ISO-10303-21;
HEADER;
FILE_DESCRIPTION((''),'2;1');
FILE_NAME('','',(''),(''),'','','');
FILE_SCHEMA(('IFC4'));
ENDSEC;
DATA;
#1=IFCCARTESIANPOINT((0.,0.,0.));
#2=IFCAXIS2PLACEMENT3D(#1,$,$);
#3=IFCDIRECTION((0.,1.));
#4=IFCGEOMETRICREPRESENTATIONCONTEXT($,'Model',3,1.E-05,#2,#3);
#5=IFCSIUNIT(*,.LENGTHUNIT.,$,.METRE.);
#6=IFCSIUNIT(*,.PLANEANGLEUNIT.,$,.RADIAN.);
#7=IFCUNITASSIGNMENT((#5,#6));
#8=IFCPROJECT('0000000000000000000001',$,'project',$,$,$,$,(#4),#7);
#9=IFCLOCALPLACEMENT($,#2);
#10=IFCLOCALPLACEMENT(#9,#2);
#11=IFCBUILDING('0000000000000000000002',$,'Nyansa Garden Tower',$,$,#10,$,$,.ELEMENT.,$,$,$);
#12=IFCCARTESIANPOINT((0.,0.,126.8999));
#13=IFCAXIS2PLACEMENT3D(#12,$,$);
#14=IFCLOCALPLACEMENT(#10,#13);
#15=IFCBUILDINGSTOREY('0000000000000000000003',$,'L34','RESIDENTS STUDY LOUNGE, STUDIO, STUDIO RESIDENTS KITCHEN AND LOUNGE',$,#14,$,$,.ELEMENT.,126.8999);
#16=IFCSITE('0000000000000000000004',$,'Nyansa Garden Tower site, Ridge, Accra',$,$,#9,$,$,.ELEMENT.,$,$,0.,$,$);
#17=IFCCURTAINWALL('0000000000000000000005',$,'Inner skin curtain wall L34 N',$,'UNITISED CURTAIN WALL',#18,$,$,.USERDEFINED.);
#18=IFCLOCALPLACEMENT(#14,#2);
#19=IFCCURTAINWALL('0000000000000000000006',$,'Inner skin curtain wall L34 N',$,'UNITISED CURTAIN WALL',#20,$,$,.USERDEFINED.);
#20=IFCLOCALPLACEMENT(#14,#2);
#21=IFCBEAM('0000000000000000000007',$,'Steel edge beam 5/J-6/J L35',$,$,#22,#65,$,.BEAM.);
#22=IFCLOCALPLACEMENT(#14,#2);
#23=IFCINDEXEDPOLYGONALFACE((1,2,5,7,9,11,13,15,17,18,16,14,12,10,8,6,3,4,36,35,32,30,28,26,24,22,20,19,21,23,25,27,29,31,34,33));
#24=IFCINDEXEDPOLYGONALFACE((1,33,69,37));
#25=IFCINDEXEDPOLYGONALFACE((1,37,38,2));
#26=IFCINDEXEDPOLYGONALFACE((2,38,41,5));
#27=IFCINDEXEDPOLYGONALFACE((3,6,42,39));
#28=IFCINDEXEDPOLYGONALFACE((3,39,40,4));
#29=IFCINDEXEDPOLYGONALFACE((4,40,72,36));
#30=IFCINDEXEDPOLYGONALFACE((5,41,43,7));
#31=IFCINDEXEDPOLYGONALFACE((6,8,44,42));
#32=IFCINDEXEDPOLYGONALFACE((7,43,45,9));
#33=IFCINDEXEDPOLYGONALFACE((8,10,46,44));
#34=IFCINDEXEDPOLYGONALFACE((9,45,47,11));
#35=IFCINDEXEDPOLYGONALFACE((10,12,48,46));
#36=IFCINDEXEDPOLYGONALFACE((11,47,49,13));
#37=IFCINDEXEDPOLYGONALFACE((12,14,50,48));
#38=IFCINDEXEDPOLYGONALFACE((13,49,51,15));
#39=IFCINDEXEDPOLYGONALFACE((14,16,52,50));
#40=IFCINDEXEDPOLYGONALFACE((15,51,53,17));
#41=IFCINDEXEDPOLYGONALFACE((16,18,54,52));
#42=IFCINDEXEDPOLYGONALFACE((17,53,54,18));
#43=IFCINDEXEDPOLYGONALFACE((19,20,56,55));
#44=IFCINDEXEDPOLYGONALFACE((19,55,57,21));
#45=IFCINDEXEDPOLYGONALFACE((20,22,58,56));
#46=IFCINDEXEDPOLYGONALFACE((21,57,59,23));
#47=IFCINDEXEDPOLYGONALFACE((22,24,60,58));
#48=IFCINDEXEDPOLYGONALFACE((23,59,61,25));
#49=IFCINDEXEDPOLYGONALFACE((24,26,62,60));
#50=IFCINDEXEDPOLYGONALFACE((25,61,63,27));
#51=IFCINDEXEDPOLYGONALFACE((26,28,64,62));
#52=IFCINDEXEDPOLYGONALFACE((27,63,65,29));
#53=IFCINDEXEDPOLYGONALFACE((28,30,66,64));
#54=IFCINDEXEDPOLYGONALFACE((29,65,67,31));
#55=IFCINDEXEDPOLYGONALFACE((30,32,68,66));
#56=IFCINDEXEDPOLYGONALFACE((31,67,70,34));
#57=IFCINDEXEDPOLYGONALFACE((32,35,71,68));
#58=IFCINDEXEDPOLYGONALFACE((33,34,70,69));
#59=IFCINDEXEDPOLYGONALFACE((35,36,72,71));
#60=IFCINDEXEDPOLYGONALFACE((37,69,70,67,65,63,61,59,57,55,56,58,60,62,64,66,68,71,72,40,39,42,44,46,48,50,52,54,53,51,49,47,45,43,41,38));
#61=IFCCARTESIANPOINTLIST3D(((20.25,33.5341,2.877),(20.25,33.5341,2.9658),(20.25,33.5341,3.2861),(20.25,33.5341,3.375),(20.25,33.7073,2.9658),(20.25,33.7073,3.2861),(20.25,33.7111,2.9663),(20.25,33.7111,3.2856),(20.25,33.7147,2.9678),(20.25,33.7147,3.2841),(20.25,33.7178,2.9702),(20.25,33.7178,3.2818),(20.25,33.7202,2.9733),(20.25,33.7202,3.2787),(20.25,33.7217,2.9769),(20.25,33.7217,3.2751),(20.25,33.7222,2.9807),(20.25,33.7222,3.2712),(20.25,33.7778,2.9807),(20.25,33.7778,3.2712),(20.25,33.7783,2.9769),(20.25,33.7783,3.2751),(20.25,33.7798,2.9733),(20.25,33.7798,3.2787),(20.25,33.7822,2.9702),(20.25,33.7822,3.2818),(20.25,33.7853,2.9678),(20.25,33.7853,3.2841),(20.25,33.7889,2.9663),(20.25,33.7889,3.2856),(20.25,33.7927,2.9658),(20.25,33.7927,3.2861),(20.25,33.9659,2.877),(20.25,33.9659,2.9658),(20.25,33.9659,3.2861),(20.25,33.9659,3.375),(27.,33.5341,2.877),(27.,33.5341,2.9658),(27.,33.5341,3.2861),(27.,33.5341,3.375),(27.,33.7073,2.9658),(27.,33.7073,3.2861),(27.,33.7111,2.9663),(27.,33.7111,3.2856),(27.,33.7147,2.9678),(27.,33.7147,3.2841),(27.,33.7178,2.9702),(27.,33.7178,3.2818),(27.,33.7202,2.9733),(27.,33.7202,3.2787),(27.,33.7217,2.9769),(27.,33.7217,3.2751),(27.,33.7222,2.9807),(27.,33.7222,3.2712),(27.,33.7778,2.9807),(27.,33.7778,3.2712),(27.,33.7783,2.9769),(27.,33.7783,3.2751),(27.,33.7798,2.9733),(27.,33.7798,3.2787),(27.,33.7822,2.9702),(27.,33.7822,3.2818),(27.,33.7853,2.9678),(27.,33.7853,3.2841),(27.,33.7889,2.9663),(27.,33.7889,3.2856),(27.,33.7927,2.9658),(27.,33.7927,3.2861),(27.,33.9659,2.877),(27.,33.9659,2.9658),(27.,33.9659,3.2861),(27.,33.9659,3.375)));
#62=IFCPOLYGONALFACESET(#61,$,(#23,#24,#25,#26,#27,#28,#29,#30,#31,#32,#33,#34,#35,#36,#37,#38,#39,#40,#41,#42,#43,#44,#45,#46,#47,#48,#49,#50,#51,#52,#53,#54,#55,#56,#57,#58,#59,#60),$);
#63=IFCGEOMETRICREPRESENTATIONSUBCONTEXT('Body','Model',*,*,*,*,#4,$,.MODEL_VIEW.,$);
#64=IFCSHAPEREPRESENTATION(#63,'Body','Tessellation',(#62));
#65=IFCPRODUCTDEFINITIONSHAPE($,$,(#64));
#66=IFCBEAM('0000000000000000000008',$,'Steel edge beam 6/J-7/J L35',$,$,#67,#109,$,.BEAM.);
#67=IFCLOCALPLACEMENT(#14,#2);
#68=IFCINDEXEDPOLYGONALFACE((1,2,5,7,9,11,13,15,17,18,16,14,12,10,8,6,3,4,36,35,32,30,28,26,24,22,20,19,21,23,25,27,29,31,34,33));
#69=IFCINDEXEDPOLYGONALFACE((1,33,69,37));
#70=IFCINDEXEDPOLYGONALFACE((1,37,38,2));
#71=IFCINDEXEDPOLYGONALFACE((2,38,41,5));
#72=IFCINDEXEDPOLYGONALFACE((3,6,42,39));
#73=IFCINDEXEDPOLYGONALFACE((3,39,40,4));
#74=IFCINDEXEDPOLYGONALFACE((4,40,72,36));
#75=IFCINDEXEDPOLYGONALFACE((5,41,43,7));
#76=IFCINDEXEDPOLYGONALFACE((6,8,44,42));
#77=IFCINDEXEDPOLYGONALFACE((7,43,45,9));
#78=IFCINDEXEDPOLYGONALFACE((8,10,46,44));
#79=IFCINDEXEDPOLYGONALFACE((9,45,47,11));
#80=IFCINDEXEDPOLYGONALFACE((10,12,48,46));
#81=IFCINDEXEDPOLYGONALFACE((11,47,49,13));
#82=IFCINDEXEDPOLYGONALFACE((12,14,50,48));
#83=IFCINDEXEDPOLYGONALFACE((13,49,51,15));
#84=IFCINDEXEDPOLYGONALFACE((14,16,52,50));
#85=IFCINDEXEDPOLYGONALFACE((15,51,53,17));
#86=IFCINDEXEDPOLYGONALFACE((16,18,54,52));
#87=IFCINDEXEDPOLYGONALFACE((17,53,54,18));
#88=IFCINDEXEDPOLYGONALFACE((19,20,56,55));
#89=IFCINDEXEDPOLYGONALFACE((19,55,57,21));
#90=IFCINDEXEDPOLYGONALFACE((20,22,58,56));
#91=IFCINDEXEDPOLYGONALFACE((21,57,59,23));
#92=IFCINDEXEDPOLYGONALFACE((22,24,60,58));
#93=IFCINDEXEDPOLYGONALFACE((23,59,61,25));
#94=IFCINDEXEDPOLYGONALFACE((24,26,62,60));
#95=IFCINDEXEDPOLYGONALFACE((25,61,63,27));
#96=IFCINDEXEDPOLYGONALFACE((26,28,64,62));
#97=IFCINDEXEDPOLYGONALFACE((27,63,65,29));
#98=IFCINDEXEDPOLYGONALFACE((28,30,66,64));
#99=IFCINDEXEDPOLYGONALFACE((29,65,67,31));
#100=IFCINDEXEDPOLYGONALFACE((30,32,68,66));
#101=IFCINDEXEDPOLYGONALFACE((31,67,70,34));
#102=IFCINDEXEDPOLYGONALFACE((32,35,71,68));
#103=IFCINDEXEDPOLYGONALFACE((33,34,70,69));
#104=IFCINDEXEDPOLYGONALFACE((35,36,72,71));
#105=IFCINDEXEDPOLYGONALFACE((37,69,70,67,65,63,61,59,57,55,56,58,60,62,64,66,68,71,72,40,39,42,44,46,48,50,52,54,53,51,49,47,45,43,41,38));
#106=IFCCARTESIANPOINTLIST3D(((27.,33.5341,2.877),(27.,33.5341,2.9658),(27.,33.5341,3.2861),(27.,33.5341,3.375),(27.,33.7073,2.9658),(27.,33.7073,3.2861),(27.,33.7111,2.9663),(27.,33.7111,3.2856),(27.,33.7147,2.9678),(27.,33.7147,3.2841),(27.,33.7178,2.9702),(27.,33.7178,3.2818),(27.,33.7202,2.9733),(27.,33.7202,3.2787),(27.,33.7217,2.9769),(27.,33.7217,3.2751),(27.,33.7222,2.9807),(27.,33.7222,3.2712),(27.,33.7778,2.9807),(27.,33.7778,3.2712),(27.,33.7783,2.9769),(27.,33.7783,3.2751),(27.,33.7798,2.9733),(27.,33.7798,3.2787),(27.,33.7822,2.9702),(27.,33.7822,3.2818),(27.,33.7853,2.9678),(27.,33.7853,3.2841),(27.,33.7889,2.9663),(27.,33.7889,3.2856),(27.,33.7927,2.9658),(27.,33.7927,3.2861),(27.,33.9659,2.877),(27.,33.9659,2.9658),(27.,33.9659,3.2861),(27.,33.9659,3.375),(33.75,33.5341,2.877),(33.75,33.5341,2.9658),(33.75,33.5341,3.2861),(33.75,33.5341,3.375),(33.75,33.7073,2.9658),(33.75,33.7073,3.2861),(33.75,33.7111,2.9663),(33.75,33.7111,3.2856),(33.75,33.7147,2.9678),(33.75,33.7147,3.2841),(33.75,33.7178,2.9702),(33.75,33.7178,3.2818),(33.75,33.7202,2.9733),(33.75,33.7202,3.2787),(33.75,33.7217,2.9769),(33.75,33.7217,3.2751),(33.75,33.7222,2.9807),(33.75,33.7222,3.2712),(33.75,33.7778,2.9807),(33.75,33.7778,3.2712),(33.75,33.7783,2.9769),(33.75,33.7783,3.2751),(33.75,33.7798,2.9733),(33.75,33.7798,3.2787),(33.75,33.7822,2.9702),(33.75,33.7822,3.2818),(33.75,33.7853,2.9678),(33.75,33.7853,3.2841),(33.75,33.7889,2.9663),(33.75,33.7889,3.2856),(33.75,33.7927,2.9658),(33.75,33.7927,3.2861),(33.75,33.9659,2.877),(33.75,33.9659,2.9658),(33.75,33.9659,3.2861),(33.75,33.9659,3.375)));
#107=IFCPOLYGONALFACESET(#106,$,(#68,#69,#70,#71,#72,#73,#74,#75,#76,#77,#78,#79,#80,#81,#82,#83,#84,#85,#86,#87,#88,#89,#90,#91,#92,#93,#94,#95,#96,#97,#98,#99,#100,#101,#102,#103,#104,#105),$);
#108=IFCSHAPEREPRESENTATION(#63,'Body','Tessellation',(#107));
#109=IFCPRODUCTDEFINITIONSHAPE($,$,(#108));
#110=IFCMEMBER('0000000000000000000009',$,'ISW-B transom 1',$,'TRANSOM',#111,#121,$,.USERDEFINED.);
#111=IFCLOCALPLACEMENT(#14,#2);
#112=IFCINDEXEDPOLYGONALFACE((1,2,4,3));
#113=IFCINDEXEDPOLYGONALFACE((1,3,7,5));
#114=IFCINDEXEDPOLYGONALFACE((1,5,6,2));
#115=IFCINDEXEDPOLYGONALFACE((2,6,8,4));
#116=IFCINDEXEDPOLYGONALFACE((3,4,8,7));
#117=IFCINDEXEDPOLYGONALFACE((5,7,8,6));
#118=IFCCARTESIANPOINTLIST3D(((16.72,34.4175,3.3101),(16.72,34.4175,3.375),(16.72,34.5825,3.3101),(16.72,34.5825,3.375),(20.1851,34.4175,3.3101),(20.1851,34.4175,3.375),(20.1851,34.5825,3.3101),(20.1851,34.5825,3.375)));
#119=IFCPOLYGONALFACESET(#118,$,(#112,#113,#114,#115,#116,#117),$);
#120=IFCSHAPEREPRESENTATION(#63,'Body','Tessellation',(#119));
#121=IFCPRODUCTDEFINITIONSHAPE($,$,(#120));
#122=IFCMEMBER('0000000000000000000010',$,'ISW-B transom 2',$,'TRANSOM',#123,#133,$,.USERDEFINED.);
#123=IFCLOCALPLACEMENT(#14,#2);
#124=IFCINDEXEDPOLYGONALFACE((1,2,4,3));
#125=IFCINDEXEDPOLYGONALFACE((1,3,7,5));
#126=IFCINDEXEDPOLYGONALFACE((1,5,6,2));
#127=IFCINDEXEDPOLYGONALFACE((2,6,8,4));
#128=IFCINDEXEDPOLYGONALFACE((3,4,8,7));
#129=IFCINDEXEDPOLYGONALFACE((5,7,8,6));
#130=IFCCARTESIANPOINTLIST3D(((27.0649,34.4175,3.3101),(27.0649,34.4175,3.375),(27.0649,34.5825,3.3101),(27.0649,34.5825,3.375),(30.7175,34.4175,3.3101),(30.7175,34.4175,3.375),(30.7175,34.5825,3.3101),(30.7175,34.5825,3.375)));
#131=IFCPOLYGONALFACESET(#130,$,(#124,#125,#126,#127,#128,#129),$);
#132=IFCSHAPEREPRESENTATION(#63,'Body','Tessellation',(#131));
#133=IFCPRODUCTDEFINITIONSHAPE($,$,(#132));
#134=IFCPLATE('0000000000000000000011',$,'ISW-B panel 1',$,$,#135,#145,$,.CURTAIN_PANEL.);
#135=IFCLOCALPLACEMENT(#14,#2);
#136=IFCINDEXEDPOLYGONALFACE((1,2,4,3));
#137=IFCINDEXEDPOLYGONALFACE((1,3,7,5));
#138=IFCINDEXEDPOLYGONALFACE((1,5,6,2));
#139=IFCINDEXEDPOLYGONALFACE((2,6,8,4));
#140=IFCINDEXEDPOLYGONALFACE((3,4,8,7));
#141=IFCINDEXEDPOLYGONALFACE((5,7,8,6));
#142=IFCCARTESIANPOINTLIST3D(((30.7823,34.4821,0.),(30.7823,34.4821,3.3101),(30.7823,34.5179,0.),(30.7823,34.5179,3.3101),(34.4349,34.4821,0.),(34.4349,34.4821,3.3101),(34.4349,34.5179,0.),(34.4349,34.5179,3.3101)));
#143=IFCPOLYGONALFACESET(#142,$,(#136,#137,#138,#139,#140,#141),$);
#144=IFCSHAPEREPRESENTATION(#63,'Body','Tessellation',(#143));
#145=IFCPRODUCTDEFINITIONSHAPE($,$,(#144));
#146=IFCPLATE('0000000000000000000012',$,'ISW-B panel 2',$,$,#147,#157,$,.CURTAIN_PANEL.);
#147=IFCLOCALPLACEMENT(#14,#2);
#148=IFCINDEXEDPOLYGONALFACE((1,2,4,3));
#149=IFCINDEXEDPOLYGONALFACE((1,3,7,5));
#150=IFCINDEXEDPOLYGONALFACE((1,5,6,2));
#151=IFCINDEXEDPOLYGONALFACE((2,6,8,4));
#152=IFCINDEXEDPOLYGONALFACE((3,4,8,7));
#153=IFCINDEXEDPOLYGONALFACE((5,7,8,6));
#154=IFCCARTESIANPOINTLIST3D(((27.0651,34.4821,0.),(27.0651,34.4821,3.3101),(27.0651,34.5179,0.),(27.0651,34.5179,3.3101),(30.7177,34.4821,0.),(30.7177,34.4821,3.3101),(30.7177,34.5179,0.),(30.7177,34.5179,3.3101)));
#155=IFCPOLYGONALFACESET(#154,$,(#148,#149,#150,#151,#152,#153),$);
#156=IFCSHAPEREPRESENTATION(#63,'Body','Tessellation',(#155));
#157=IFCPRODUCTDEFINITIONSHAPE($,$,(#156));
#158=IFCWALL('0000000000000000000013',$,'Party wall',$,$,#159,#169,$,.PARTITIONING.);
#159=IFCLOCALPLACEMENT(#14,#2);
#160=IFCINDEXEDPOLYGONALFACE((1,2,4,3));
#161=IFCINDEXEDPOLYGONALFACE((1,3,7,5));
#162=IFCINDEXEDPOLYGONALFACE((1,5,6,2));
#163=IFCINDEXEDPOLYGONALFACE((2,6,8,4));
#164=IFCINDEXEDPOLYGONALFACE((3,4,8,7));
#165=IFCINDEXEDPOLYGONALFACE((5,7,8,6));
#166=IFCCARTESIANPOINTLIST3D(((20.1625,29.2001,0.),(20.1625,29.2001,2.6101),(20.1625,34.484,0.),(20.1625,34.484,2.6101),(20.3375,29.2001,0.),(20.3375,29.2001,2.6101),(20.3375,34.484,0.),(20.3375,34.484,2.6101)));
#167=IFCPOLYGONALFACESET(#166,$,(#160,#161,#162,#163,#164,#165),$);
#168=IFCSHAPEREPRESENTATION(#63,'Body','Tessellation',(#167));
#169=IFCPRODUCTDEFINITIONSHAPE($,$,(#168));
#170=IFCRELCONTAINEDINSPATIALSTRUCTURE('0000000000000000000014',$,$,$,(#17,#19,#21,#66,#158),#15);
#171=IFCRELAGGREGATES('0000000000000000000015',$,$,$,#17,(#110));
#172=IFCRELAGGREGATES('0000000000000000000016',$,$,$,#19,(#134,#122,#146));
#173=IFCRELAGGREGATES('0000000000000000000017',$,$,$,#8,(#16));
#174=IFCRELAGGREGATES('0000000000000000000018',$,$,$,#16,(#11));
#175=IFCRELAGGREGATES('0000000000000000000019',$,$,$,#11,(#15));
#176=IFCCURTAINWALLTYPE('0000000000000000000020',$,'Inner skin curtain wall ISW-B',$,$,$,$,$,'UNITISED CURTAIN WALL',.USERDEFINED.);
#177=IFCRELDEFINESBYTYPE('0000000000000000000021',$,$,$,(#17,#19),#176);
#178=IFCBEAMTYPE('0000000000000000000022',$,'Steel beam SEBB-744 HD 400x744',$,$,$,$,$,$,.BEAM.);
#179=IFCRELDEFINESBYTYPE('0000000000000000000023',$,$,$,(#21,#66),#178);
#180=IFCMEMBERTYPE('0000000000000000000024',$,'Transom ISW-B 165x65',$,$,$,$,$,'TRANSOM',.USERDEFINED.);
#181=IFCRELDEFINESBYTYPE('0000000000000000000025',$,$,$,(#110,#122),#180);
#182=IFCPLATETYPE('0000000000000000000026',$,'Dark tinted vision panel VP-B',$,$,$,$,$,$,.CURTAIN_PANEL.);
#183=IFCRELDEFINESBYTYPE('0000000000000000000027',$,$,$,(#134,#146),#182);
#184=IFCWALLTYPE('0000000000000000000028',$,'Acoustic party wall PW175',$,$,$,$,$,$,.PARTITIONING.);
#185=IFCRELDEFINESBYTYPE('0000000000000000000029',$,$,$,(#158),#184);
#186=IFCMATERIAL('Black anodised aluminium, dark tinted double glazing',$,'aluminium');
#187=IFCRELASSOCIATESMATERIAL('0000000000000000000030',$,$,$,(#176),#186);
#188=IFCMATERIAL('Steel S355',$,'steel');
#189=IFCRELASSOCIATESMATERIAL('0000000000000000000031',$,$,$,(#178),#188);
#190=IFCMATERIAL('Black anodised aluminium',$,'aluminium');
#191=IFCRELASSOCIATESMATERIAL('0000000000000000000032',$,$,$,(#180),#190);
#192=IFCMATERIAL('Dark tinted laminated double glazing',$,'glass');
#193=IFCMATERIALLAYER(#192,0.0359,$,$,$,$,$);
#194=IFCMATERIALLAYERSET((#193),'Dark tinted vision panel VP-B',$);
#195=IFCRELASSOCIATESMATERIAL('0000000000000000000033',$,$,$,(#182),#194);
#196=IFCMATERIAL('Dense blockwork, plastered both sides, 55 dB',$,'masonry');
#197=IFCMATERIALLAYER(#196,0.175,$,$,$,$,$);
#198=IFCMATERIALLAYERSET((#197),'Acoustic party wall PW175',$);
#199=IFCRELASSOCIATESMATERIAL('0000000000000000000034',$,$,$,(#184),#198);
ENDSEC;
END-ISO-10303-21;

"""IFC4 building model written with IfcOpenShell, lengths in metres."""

from ifc_helpers import new_model, si_unit, direction, frame, frame_2d, origin, origin_2d, place, context, subcontext, project, spatial, rectangle, i_section, extrude, material, layer, layer_set, material_profile, profile_set, type_object, element, aggregate, save


model = new_model("IFC4")

# Units and contexts
model_context = context("Model", 3, precision=1e-05, world=origin(), true_north=direction((0.0, 1.0)))
body_context = subcontext(model_context, "Body", "Model", "MODEL_VIEW")
ifc_project = project(units=[si_unit("LENGTHUNIT", "METRE"), si_unit("PLANEANGLEUNIT", "RADIAN")], contexts=[model_context])

# Site, building, storey
site_placement = place(None, origin())
site = spatial("IfcSite", under=ifc_project, at=site_placement, Name="Nyansa Garden Tower site, Ridge, Accra", CompositionType="ELEMENT", RefElevation=0.0)
building_placement = place(site_placement, origin())
building = spatial("IfcBuilding", under=site, at=building_placement, Name="Nyansa Garden Tower", CompositionType="ELEMENT")
storey_placement = place(building_placement, frame((0.0, 0.0, 126.8999)))
storey = spatial("IfcBuildingStorey", under=building, at=storey_placement, Name="L34", Description="RESIDENTS STUDY LOUNGE, STUDIO, STUDIO RESIDENTS KITCHEN AND LOUNGE", CompositionType="ELEMENT", Elevation=126.8999)

# Curtain wall
ifc_material_1 = material(Name="Black anodised aluminium, dark tinted double glazing", Category="aluminium")
curtain_wall_type = type_object("IfcCurtainWallType", Name="Inner skin curtain wall ISW-B", ElementType="UNITISED CURTAIN WALL", PredefinedType="USERDEFINED", material=ifc_material_1)
curtain_wall_1_placement = place(storey_placement, origin())
curtain_wall_1 = element("IfcCurtainWall", 1, at=curtain_wall_1_placement, inside=storey, type_object=curtain_wall_type, Name="Inner skin curtain wall L34 N", ObjectType="UNITISED CURTAIN WALL", PredefinedType="USERDEFINED")

# Curtain wall
curtain_wall_2_placement = place(storey_placement, origin())
curtain_wall_2 = element("IfcCurtainWall", 2, at=curtain_wall_2_placement, inside=storey, type_object=curtain_wall_type, Name="Inner skin curtain wall L34 N", ObjectType="UNITISED CURTAIN WALL", PredefinedType="USERDEFINED")

# Beams
ifc_material_2 = material(Name="Steel S355", Category="steel")
ifc_material_profile_1 = material_profile(ifc_material_2, i_section(OverallWidth=0.4319, OverallDepth=0.498, WebThickness=0.0557, FlangeThickness=0.0889, FilletRadius=0.0149, at=origin_2d()), Name="HD 400x744")
ifc_profile_set_1 = profile_set([ifc_material_profile_1], Name="Steel S355")
beam_type_1 = type_object("IfcBeamType", Name="Steel beam SEBB-744 HD 400x744", PredefinedType="BEAM", material=ifc_profile_set_1)
for number, where, z_axis, x_axis, name in (
    (3, (20.25, 33.75, 3.126), (1.0, 0.0, 0.0), (0.0, 1.0, 0.0), "Steel edge beam 5/J-6/J L35"),
    (4, (27.0, 33.75, 3.126), (1.0, 0.0, 0.0), (0.0, 1.0, 0.0), "Steel edge beam 6/J-7/J L35"),
):
    element("IfcBeam", number, at=place(storey_placement, frame(where, z_axis=z_axis, x_axis=x_axis)), inside=storey, type_object=beam_type_1, Name=name, PredefinedType="BEAM", context=body_context, shape_type="SweptSolid", body=[
        extrude(i_section(OverallWidth=0.4319, OverallDepth=0.498, WebThickness=0.0557, FlangeThickness=0.0889, FilletRadius=0.0149, at=origin_2d()), origin(), (0.0, 0.0, 1.0), 6.75),
    ])

# Members
ifc_material_3 = material(Name="Black anodised aluminium", Category="aluminium")
ifc_material_profile_2 = material_profile(ifc_material_3, rectangle(XDim=0.165, YDim=0.0649, at=origin_2d()), Name="Transom 165x65")
ifc_profile_set_2 = profile_set([ifc_material_profile_2], Name="Black anodised aluminium")
member_type_1 = type_object("IfcMemberType", Name="Transom ISW-B 165x65", ElementType="TRANSOM", PredefinedType="USERDEFINED", material=ifc_profile_set_2)
member_1_placement = place(storey_placement, frame((20.1851, 34.5, 3.3425), z_axis=(-1.0, 0.0, 0.0), x_axis=(0.0, -1.0, 0.0)))
member_1 = element("IfcMember", 5, at=member_1_placement, type_object=member_type_1, Name="ISW-B transom 1", ObjectType="TRANSOM", PredefinedType="USERDEFINED", context=body_context, shape_type="SweptSolid", body=[
    extrude(rectangle(XDim=0.165, YDim=0.0649, at=origin_2d()), origin(), (0.0, 0.0, 1.0), 3.4651),
])
aggregate(curtain_wall_1, [member_1])
member_2_placement = place(storey_placement, frame((30.7175, 34.5, 3.3425), z_axis=(-1.0, 0.0, 0.0), x_axis=(0.0, -1.0, 0.0)))
member_2 = element("IfcMember", 6, at=member_2_placement, type_object=member_type_1, Name="ISW-B transom 2", ObjectType="TRANSOM", PredefinedType="USERDEFINED", context=body_context, shape_type="SweptSolid", body=[
    extrude(rectangle(XDim=0.165, YDim=0.0649, at=origin_2d()), origin(), (0.0, 0.0, 1.0), 3.6526),
])

# Plates
ifc_material_4 = material(Name="Dark tinted laminated double glazing", Category="glass")
ifc_layer_1 = layer(ifc_material_4, 0.0359)
ifc_layer_set_1 = layer_set([ifc_layer_1], Name="Dark tinted vision panel VP-B")
plate_type = type_object("IfcPlateType", Name="Dark tinted vision panel VP-B", PredefinedType="CURTAIN_PANEL", material=ifc_layer_set_1)
plate_1_placement = place(storey_placement, frame((32.6086, 34.5, 0.0), z_axis=(0.0, 0.0, 1.0), x_axis=(-1.0, 0.0, 0.0)))
plate_1 = element("IfcPlate", 7, at=plate_1_placement, type_object=plate_type, Name="ISW-B panel 1", PredefinedType="CURTAIN_PANEL", context=body_context, shape_type="SweptSolid", body=[
    extrude(rectangle(XDim=3.6526, YDim=0.0359, at=origin_2d()), origin(), (0.0, 0.0, 1.0), 3.3101),
])
plate_2_placement = place(storey_placement, frame((28.8914, 34.5, 0.0), z_axis=(0.0, 0.0, 1.0), x_axis=(-1.0, 0.0, 0.0)))
plate_2 = element("IfcPlate", 8, at=plate_2_placement, type_object=plate_type, Name="ISW-B panel 2", PredefinedType="CURTAIN_PANEL", context=body_context, shape_type="SweptSolid", body=[
    extrude(rectangle(XDim=3.6526, YDim=0.0359, at=origin_2d()), origin(), (0.0, 0.0, 1.0), 3.3101),
])
aggregate(curtain_wall_2, [plate_1, member_2, plate_2])

# Wall
ifc_material_5 = material(Name="Dense blockwork, plastered both sides, 55 dB", Category="masonry")
ifc_layer_2 = layer(ifc_material_5, 0.175)
ifc_layer_set_2 = layer_set([ifc_layer_2], Name="Acoustic party wall PW175")
wall_type_1 = type_object("IfcWallType", Name="Acoustic party wall PW175", PredefinedType="PARTITIONING", material=ifc_layer_set_2)
wall_1_placement = place(storey_placement, frame((20.25, 29.2, 0.0), z_axis=(0.0, 0.0, 1.0), x_axis=(0.0, 1.0, 0.0)))
element("IfcWall", 9, at=wall_1_placement, inside=storey, type_object=wall_type_1, Name="Party wall", PredefinedType="PARTITIONING", context=body_context, shape_type="SweptSolid", body=[
    extrude(rectangle(XDim=5.2839, YDim=0.175, at=frame_2d((2.6421, 0.0))), origin(), (0.0, 0.0, 1.0), 2.6101),
])

save(model, "model.ifc")
